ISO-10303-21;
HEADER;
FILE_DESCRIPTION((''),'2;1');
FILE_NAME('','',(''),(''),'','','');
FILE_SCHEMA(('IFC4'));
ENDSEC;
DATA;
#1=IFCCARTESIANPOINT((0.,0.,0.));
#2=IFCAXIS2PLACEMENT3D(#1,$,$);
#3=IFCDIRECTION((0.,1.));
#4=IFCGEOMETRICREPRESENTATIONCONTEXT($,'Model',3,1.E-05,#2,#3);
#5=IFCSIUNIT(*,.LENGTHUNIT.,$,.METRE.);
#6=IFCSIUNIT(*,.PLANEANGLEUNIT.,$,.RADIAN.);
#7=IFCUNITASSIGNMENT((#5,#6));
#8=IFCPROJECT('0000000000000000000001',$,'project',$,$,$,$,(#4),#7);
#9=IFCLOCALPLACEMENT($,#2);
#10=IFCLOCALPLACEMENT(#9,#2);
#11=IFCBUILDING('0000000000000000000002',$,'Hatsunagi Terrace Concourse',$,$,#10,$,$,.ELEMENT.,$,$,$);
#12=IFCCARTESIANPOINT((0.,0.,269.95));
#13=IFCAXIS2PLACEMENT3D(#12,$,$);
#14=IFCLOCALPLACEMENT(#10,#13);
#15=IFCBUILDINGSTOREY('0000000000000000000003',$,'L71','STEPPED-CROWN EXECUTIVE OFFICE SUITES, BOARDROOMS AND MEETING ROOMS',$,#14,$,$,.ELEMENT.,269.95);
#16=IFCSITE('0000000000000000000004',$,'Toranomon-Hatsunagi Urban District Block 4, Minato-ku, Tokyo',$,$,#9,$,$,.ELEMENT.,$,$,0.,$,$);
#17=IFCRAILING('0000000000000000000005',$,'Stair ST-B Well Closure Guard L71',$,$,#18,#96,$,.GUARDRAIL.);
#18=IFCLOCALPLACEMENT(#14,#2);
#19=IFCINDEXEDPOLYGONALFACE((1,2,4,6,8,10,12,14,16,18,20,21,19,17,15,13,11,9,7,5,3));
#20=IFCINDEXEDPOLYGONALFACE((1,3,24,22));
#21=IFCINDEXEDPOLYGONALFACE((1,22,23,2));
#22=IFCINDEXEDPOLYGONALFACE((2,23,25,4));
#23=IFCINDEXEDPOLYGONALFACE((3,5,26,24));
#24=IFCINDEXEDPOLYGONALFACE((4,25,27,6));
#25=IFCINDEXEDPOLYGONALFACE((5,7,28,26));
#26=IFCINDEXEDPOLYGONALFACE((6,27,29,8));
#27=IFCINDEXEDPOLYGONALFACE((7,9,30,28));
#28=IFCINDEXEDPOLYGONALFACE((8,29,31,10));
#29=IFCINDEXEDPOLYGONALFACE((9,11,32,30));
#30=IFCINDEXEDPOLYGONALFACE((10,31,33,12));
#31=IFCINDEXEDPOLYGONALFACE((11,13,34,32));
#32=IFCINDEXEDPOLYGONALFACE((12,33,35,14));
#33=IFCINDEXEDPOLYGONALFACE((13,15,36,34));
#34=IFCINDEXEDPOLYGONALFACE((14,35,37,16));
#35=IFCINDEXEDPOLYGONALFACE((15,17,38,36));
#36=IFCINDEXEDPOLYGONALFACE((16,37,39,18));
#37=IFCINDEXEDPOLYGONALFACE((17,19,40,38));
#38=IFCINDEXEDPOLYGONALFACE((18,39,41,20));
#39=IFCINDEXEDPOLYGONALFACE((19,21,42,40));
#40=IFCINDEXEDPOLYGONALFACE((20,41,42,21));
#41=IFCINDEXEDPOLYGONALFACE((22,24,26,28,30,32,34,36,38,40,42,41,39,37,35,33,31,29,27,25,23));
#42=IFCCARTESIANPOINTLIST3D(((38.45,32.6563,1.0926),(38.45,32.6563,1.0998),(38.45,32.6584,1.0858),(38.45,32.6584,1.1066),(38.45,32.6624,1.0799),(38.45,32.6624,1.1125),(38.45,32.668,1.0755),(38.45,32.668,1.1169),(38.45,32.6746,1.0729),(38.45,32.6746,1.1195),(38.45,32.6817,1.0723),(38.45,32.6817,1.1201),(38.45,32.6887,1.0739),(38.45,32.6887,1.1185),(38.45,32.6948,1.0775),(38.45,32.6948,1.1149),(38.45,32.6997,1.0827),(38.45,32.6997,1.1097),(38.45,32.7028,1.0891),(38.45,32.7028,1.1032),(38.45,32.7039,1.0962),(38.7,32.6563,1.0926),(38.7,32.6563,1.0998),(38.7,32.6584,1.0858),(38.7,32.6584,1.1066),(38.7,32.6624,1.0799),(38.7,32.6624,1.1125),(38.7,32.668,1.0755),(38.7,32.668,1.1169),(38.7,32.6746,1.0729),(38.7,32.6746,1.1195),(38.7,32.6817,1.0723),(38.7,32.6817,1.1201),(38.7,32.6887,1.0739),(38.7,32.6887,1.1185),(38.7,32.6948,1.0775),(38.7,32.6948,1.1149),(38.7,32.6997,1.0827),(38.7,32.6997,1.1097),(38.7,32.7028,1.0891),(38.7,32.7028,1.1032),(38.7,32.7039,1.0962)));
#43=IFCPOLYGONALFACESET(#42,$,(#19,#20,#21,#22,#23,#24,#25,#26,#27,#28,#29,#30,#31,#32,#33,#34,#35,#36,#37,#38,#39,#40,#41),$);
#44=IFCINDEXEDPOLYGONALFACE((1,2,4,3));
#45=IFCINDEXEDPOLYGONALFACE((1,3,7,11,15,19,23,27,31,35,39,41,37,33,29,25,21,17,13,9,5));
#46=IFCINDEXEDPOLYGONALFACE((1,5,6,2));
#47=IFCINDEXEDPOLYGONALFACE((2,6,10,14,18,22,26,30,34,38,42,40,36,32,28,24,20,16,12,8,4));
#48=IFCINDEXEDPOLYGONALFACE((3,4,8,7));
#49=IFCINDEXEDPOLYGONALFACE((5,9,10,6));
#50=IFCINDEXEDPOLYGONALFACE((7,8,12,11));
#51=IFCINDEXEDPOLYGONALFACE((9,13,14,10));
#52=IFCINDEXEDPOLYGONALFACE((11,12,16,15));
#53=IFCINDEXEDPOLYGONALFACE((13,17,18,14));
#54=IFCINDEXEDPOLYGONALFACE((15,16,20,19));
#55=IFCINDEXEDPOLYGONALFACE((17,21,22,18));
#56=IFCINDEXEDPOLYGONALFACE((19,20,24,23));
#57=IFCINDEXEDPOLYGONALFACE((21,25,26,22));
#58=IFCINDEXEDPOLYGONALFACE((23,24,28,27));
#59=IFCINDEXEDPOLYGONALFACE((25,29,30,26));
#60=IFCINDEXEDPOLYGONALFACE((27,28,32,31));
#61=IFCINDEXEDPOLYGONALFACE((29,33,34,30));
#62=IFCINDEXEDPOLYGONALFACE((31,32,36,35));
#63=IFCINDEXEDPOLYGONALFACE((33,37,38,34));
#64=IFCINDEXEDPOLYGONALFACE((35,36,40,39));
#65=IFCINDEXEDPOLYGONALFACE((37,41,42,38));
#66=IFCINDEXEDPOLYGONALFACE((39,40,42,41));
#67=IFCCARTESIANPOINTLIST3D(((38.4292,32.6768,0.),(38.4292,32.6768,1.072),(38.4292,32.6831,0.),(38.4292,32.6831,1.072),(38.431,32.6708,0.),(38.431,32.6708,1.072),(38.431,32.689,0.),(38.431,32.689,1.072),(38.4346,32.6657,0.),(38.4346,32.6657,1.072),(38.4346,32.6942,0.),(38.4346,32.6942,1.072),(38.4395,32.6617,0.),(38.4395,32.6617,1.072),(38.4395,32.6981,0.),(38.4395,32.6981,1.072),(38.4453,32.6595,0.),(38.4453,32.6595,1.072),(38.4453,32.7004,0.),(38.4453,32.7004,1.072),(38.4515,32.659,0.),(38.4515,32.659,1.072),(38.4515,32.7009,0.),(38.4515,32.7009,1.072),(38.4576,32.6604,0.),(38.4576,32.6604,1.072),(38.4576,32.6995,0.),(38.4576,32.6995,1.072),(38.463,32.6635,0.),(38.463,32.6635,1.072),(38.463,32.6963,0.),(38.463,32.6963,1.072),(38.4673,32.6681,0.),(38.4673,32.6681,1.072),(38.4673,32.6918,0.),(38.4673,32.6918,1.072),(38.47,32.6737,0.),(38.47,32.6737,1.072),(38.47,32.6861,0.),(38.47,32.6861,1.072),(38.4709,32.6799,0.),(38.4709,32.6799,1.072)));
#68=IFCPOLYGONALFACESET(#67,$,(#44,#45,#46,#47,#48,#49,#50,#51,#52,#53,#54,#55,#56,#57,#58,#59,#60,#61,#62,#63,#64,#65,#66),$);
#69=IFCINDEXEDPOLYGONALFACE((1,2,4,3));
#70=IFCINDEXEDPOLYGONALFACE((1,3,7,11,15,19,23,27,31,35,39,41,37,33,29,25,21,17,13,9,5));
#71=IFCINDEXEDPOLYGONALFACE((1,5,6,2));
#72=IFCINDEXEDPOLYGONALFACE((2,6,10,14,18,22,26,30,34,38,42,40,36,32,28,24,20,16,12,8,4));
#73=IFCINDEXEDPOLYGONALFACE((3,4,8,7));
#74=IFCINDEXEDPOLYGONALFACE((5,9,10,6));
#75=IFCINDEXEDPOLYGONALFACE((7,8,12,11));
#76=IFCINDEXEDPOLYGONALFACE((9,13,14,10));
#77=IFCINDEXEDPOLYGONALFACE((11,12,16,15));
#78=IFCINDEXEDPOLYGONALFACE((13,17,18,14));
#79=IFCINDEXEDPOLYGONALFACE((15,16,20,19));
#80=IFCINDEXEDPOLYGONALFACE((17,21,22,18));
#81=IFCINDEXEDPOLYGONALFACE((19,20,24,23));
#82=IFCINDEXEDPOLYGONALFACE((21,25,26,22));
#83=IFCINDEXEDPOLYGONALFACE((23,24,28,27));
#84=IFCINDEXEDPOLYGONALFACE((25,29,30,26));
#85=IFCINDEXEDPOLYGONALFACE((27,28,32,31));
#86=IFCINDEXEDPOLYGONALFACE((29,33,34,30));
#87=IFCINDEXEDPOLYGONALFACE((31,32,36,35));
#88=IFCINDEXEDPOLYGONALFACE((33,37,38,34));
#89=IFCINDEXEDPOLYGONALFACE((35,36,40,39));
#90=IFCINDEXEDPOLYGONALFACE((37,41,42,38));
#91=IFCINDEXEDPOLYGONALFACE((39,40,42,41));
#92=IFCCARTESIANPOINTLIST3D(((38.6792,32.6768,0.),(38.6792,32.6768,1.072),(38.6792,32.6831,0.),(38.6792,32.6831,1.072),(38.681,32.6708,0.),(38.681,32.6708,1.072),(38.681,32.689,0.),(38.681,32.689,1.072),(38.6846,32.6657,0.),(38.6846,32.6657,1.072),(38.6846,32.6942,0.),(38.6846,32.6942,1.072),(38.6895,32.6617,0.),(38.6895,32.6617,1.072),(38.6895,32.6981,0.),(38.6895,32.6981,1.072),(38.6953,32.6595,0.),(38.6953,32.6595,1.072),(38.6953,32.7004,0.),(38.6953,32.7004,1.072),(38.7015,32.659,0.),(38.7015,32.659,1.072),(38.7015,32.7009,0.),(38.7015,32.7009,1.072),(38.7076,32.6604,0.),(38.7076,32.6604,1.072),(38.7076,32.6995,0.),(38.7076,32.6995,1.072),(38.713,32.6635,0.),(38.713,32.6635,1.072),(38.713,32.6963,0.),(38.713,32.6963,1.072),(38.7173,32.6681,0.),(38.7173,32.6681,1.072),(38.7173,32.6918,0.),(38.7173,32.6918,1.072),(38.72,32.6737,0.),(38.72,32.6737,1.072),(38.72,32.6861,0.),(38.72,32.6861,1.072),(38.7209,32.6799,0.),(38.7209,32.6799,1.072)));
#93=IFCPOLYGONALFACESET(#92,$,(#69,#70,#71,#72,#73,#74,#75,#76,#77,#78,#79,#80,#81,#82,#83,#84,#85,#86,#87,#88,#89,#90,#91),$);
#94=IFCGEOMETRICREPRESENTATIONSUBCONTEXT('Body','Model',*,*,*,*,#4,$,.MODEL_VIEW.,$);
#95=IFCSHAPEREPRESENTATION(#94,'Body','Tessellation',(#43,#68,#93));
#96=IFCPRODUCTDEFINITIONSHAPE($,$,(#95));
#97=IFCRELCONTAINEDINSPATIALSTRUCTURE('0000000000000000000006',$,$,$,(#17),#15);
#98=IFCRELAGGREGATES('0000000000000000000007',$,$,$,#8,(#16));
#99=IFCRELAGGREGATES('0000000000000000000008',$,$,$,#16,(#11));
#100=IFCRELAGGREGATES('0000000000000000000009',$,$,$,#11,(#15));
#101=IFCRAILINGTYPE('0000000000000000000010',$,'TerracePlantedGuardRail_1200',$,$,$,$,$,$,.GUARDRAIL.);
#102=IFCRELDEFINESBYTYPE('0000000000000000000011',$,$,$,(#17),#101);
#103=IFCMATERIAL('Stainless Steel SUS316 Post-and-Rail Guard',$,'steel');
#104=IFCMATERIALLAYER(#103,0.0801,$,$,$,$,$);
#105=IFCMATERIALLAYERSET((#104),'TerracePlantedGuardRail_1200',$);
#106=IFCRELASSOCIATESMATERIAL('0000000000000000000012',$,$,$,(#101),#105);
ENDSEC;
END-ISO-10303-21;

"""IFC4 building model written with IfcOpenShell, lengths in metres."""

from ifc_helpers import new_model, si_unit, direction, frame, origin, origin_2d, place, context, subcontext, project, spatial, circle, extrude, material, layer, layer_set, type_object, element, save


model = new_model("IFC4")

# Units and contexts
model_context = context("Model", 3, precision=1e-05, world=origin(), true_north=direction((0.0, 1.0)))
body_context = subcontext(model_context, "Body", "Model", "MODEL_VIEW")
ifc_project = project(units=[si_unit("LENGTHUNIT", "METRE"), si_unit("PLANEANGLEUNIT", "RADIAN")], contexts=[model_context])

# Site, building, storey
site_placement = place(None, origin())
site = spatial("IfcSite", under=ifc_project, at=site_placement, Name="Toranomon-Hatsunagi Urban District Block 4, Minato-ku, Tokyo", CompositionType="ELEMENT", RefElevation=0.0)
building_placement = place(site_placement, origin())
building = spatial("IfcBuilding", under=site, at=building_placement, Name="Hatsunagi Terrace Concourse", CompositionType="ELEMENT")
storey_placement = place(building_placement, frame((0.0, 0.0, 269.95)))
storey = spatial("IfcBuildingStorey", under=building, at=storey_placement, Name="L71", Description="STEPPED-CROWN EXECUTIVE OFFICE SUITES, BOARDROOMS AND MEETING ROOMS", CompositionType="ELEMENT", Elevation=269.95)

# Railing
ifc_material_1 = material(Name="Stainless Steel SUS316 Post-and-Rail Guard", Category="steel")
ifc_layer_1 = layer(ifc_material_1, 0.0801)
ifc_layer_set_1 = layer_set([ifc_layer_1], Name="TerracePlantedGuardRail_1200")
railing_type_1 = type_object("IfcRailingType", Name="TerracePlantedGuardRail_1200", PredefinedType="GUARDRAIL", material=ifc_layer_set_1)
railing_1_placement = place(storey_placement, frame((38.45, 32.6799, 0.0)))
element("IfcRailing", 1, at=railing_1_placement, inside=storey, type_object=railing_type_1, Name="Stair ST-B Well Closure Guard L71", PredefinedType="GUARDRAIL", context=body_context, shape_type="SweptSolid", body=[
    extrude(circle(Radius=0.0239, at=origin_2d()), frame((0.0, 0.0, 1.0962), z_axis=(1.0, 0.0, 0.0), x_axis=(0.0, 1.0, 0.0)), (0.0, 0.0, 1.0), 0.25),
    extrude(circle(Radius=0.021, at=origin_2d()), origin(), (0.0, 0.0, 1.0), 1.072),
    extrude(circle(Radius=0.021, at=origin_2d()), frame((0.25, 0.0, 0.0)), (0.0, 0.0, 1.0), 1.072),
])

save(model, "model.ifc")
